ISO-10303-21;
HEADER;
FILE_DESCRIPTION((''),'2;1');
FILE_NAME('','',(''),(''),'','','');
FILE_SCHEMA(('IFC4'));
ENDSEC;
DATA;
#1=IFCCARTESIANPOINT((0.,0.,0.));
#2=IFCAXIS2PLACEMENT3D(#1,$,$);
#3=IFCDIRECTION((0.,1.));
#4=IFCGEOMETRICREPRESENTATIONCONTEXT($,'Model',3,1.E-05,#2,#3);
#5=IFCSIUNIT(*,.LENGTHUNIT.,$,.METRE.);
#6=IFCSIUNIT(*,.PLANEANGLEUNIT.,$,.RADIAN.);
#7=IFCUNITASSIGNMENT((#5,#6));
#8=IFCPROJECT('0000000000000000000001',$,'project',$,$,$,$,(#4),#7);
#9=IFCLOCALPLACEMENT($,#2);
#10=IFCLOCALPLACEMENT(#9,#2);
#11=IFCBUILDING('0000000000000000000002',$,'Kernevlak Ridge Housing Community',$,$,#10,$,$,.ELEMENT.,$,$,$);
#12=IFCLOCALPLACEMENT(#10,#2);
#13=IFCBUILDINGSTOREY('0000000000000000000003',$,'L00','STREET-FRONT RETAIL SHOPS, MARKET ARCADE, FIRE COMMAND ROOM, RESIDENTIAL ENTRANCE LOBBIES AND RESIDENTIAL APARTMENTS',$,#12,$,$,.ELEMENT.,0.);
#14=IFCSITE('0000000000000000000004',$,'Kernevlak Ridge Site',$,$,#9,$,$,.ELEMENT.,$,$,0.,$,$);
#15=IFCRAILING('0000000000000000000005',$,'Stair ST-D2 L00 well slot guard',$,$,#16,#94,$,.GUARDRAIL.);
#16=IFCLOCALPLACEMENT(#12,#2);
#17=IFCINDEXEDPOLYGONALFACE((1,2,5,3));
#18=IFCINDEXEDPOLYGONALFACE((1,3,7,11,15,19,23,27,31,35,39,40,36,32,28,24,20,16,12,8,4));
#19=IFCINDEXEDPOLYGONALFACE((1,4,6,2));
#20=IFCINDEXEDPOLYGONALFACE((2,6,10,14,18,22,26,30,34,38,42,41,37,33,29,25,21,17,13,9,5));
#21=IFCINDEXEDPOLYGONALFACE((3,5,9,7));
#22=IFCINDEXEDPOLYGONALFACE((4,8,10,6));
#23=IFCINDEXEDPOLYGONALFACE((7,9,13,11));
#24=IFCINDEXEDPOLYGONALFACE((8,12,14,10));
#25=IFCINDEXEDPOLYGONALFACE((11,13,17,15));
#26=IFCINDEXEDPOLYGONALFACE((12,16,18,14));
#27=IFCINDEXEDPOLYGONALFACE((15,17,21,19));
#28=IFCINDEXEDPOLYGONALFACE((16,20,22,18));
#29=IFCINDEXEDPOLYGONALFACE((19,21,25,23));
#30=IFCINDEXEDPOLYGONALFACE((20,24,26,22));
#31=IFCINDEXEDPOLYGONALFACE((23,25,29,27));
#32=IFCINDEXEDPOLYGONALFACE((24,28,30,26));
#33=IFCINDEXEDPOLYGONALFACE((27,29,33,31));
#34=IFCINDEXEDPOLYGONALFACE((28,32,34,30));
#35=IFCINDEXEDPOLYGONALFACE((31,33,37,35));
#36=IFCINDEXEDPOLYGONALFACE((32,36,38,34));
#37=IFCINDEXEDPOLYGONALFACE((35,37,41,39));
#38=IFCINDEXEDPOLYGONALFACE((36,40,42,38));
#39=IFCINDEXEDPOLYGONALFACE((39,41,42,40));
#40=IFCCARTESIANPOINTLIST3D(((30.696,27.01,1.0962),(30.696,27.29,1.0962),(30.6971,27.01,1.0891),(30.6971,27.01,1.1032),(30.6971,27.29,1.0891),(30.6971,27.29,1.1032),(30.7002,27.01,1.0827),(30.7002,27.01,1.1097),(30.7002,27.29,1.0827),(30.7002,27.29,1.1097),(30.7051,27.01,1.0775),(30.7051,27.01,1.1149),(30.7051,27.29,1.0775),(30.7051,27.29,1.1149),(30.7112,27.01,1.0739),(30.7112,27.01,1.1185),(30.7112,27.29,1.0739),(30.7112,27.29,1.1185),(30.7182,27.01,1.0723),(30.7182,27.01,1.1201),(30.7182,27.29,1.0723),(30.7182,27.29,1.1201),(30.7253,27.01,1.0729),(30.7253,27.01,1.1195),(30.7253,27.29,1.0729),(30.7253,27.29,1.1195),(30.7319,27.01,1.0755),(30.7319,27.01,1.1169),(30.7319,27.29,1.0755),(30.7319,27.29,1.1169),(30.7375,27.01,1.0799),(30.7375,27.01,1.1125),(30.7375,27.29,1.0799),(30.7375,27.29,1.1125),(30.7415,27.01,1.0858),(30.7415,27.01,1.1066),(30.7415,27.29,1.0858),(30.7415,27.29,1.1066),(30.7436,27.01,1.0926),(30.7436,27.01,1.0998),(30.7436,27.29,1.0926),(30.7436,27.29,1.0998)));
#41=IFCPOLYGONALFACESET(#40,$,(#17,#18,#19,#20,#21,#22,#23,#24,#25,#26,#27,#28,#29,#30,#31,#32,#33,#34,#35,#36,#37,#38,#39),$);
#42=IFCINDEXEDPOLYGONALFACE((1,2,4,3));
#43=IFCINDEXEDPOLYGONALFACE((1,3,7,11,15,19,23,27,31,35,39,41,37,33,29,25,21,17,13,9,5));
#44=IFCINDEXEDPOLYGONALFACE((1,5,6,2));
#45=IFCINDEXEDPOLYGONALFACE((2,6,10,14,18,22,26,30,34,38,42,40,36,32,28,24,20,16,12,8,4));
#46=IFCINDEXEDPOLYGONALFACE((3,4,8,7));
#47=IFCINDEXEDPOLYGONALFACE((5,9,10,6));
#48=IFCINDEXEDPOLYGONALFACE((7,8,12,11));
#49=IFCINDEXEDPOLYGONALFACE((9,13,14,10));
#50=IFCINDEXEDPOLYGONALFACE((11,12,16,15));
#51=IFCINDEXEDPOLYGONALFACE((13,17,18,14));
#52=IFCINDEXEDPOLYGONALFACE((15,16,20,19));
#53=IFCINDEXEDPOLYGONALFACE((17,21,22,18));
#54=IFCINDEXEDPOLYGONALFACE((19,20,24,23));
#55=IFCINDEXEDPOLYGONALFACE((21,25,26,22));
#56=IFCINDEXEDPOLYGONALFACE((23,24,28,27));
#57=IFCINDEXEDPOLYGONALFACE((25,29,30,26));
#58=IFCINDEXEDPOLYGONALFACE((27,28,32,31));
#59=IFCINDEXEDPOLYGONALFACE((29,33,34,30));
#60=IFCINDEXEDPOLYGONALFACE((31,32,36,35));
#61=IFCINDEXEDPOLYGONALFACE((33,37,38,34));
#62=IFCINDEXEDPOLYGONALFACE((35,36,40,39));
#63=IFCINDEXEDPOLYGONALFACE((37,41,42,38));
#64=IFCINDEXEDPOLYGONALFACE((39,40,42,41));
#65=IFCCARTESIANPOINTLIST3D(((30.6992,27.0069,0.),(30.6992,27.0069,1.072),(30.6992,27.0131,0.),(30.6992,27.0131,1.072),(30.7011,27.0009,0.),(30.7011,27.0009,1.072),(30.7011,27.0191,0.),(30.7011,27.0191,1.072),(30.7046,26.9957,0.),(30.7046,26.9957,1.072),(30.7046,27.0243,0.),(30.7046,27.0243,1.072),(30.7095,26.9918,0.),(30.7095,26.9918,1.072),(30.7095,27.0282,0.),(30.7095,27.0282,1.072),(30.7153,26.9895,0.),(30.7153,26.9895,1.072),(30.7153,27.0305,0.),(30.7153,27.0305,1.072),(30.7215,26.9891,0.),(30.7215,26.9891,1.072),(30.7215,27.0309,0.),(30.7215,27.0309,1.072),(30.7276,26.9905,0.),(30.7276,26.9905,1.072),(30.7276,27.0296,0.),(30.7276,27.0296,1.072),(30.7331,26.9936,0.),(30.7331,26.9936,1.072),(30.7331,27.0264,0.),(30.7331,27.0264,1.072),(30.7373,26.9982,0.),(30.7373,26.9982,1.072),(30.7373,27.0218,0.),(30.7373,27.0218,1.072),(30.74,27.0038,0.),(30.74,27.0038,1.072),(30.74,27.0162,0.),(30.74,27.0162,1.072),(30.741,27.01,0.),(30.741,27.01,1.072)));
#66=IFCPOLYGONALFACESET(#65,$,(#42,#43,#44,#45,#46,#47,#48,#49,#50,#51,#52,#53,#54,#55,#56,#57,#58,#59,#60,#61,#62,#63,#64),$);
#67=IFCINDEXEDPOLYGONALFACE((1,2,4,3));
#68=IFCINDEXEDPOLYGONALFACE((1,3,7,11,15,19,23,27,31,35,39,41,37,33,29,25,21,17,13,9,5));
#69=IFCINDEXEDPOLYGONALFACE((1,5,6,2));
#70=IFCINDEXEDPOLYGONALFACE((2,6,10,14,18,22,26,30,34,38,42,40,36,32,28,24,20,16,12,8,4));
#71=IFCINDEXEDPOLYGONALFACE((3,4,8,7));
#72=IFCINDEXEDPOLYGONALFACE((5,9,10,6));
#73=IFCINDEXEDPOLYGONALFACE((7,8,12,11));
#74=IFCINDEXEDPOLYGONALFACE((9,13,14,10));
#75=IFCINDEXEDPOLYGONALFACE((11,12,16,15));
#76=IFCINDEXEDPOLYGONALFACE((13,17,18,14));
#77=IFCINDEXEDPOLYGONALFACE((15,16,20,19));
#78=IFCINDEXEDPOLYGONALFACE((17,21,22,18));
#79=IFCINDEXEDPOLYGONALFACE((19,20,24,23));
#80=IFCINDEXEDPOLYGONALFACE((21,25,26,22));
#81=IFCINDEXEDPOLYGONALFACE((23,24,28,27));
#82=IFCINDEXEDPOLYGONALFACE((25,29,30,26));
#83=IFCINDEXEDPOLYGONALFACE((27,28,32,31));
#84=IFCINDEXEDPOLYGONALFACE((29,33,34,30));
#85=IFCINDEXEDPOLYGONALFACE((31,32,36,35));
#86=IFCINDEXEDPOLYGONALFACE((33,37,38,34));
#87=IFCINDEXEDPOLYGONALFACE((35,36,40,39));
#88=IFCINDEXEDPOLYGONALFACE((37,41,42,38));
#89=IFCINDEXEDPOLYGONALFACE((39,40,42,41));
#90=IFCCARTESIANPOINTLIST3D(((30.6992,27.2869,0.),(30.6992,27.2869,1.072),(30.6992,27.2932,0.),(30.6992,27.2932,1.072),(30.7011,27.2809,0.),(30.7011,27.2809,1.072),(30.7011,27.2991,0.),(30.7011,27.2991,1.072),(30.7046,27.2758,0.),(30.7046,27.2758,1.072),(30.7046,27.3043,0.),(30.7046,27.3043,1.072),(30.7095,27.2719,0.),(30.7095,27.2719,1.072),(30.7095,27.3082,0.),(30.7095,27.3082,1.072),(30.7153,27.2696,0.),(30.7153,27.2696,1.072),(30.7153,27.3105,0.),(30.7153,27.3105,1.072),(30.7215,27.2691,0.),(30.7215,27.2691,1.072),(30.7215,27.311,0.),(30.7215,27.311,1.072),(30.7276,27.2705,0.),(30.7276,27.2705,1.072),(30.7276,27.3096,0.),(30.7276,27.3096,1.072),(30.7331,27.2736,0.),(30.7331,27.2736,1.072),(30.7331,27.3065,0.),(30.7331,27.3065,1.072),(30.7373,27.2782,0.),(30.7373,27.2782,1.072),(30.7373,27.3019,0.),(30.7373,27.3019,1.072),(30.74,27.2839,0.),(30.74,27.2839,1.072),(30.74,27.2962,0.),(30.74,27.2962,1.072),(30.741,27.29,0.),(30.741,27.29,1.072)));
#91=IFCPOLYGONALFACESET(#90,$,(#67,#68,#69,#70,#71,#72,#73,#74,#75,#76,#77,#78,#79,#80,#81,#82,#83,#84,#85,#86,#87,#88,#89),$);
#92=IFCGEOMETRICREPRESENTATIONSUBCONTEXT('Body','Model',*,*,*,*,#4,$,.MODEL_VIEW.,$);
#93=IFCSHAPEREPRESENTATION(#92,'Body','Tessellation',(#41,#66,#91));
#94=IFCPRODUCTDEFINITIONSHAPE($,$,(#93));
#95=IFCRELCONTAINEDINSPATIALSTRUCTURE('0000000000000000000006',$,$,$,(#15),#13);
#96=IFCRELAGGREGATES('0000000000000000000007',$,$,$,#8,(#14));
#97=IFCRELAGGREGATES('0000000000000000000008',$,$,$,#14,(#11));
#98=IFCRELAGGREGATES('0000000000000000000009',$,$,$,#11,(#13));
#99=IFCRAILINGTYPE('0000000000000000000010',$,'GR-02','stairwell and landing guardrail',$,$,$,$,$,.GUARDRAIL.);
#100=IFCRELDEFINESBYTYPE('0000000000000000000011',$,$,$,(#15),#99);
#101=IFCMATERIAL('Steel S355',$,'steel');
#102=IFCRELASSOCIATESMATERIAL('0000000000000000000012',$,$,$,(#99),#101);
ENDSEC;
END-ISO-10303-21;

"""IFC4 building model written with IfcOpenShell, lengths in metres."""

from ifc_helpers import new_model, si_unit, direction, frame, origin, origin_2d, place, context, subcontext, project, spatial, circle, extrude, material, type_object, element, save


model = new_model("IFC4")

# Units and contexts
model_context = context("Model", 3, precision=1e-05, world=origin(), true_north=direction((0.0, 1.0)))
body_context = subcontext(model_context, "Body", "Model", "MODEL_VIEW")
ifc_project = project(units=[si_unit("LENGTHUNIT", "METRE"), si_unit("PLANEANGLEUNIT", "RADIAN")], contexts=[model_context])

# Site, building, storey
site_placement = place(None, origin())
site = spatial("IfcSite", under=ifc_project, at=site_placement, Name="Kernevlak Ridge Site", CompositionType="ELEMENT", RefElevation=0.0)
building_placement = place(site_placement, origin())
building = spatial("IfcBuilding", under=site, at=building_placement, Name="Kernevlak Ridge Housing Community", CompositionType="ELEMENT")
storey_placement = place(building_placement, origin())
storey = spatial("IfcBuildingStorey", under=building, at=storey_placement, Name="L00", Description="STREET-FRONT RETAIL SHOPS, MARKET ARCADE, FIRE COMMAND ROOM, RESIDENTIAL ENTRANCE LOBBIES AND RESIDENTIAL APARTMENTS", CompositionType="ELEMENT", Elevation=0.0)

# Railing
ifc_material_1 = material(Name="Steel S355", Category="steel")
railing_type_1 = type_object("IfcRailingType", Name="GR-02", Description="stairwell and landing guardrail", PredefinedType="GUARDRAIL", material=ifc_material_1)
railing_1_placement = place(storey_placement, frame((30.72, 27.01, 0.0)))
element("IfcRailing", 1, at=railing_1_placement, inside=storey, type_object=railing_type_1, Name="Stair ST-D2 L00 well slot guard", PredefinedType="GUARDRAIL", context=body_context, shape_type="SweptSolid", body=[
    extrude(circle(Radius=0.0239, at=origin_2d()), frame((0.0, 0.0, 1.0962), z_axis=(0.0, 1.0, 0.0), x_axis=(-1.0, 0.0, 0.0)), (0.0, 0.0, 1.0), 0.28),
    extrude(circle(Radius=0.021, at=origin_2d()), origin(), (0.0, 0.0, 1.0), 1.072),
    extrude(circle(Radius=0.021, at=origin_2d()), frame((0.0, 0.28, 0.0)), (0.0, 0.0, 1.0), 1.072),
])

save(model, "model.ifc")
